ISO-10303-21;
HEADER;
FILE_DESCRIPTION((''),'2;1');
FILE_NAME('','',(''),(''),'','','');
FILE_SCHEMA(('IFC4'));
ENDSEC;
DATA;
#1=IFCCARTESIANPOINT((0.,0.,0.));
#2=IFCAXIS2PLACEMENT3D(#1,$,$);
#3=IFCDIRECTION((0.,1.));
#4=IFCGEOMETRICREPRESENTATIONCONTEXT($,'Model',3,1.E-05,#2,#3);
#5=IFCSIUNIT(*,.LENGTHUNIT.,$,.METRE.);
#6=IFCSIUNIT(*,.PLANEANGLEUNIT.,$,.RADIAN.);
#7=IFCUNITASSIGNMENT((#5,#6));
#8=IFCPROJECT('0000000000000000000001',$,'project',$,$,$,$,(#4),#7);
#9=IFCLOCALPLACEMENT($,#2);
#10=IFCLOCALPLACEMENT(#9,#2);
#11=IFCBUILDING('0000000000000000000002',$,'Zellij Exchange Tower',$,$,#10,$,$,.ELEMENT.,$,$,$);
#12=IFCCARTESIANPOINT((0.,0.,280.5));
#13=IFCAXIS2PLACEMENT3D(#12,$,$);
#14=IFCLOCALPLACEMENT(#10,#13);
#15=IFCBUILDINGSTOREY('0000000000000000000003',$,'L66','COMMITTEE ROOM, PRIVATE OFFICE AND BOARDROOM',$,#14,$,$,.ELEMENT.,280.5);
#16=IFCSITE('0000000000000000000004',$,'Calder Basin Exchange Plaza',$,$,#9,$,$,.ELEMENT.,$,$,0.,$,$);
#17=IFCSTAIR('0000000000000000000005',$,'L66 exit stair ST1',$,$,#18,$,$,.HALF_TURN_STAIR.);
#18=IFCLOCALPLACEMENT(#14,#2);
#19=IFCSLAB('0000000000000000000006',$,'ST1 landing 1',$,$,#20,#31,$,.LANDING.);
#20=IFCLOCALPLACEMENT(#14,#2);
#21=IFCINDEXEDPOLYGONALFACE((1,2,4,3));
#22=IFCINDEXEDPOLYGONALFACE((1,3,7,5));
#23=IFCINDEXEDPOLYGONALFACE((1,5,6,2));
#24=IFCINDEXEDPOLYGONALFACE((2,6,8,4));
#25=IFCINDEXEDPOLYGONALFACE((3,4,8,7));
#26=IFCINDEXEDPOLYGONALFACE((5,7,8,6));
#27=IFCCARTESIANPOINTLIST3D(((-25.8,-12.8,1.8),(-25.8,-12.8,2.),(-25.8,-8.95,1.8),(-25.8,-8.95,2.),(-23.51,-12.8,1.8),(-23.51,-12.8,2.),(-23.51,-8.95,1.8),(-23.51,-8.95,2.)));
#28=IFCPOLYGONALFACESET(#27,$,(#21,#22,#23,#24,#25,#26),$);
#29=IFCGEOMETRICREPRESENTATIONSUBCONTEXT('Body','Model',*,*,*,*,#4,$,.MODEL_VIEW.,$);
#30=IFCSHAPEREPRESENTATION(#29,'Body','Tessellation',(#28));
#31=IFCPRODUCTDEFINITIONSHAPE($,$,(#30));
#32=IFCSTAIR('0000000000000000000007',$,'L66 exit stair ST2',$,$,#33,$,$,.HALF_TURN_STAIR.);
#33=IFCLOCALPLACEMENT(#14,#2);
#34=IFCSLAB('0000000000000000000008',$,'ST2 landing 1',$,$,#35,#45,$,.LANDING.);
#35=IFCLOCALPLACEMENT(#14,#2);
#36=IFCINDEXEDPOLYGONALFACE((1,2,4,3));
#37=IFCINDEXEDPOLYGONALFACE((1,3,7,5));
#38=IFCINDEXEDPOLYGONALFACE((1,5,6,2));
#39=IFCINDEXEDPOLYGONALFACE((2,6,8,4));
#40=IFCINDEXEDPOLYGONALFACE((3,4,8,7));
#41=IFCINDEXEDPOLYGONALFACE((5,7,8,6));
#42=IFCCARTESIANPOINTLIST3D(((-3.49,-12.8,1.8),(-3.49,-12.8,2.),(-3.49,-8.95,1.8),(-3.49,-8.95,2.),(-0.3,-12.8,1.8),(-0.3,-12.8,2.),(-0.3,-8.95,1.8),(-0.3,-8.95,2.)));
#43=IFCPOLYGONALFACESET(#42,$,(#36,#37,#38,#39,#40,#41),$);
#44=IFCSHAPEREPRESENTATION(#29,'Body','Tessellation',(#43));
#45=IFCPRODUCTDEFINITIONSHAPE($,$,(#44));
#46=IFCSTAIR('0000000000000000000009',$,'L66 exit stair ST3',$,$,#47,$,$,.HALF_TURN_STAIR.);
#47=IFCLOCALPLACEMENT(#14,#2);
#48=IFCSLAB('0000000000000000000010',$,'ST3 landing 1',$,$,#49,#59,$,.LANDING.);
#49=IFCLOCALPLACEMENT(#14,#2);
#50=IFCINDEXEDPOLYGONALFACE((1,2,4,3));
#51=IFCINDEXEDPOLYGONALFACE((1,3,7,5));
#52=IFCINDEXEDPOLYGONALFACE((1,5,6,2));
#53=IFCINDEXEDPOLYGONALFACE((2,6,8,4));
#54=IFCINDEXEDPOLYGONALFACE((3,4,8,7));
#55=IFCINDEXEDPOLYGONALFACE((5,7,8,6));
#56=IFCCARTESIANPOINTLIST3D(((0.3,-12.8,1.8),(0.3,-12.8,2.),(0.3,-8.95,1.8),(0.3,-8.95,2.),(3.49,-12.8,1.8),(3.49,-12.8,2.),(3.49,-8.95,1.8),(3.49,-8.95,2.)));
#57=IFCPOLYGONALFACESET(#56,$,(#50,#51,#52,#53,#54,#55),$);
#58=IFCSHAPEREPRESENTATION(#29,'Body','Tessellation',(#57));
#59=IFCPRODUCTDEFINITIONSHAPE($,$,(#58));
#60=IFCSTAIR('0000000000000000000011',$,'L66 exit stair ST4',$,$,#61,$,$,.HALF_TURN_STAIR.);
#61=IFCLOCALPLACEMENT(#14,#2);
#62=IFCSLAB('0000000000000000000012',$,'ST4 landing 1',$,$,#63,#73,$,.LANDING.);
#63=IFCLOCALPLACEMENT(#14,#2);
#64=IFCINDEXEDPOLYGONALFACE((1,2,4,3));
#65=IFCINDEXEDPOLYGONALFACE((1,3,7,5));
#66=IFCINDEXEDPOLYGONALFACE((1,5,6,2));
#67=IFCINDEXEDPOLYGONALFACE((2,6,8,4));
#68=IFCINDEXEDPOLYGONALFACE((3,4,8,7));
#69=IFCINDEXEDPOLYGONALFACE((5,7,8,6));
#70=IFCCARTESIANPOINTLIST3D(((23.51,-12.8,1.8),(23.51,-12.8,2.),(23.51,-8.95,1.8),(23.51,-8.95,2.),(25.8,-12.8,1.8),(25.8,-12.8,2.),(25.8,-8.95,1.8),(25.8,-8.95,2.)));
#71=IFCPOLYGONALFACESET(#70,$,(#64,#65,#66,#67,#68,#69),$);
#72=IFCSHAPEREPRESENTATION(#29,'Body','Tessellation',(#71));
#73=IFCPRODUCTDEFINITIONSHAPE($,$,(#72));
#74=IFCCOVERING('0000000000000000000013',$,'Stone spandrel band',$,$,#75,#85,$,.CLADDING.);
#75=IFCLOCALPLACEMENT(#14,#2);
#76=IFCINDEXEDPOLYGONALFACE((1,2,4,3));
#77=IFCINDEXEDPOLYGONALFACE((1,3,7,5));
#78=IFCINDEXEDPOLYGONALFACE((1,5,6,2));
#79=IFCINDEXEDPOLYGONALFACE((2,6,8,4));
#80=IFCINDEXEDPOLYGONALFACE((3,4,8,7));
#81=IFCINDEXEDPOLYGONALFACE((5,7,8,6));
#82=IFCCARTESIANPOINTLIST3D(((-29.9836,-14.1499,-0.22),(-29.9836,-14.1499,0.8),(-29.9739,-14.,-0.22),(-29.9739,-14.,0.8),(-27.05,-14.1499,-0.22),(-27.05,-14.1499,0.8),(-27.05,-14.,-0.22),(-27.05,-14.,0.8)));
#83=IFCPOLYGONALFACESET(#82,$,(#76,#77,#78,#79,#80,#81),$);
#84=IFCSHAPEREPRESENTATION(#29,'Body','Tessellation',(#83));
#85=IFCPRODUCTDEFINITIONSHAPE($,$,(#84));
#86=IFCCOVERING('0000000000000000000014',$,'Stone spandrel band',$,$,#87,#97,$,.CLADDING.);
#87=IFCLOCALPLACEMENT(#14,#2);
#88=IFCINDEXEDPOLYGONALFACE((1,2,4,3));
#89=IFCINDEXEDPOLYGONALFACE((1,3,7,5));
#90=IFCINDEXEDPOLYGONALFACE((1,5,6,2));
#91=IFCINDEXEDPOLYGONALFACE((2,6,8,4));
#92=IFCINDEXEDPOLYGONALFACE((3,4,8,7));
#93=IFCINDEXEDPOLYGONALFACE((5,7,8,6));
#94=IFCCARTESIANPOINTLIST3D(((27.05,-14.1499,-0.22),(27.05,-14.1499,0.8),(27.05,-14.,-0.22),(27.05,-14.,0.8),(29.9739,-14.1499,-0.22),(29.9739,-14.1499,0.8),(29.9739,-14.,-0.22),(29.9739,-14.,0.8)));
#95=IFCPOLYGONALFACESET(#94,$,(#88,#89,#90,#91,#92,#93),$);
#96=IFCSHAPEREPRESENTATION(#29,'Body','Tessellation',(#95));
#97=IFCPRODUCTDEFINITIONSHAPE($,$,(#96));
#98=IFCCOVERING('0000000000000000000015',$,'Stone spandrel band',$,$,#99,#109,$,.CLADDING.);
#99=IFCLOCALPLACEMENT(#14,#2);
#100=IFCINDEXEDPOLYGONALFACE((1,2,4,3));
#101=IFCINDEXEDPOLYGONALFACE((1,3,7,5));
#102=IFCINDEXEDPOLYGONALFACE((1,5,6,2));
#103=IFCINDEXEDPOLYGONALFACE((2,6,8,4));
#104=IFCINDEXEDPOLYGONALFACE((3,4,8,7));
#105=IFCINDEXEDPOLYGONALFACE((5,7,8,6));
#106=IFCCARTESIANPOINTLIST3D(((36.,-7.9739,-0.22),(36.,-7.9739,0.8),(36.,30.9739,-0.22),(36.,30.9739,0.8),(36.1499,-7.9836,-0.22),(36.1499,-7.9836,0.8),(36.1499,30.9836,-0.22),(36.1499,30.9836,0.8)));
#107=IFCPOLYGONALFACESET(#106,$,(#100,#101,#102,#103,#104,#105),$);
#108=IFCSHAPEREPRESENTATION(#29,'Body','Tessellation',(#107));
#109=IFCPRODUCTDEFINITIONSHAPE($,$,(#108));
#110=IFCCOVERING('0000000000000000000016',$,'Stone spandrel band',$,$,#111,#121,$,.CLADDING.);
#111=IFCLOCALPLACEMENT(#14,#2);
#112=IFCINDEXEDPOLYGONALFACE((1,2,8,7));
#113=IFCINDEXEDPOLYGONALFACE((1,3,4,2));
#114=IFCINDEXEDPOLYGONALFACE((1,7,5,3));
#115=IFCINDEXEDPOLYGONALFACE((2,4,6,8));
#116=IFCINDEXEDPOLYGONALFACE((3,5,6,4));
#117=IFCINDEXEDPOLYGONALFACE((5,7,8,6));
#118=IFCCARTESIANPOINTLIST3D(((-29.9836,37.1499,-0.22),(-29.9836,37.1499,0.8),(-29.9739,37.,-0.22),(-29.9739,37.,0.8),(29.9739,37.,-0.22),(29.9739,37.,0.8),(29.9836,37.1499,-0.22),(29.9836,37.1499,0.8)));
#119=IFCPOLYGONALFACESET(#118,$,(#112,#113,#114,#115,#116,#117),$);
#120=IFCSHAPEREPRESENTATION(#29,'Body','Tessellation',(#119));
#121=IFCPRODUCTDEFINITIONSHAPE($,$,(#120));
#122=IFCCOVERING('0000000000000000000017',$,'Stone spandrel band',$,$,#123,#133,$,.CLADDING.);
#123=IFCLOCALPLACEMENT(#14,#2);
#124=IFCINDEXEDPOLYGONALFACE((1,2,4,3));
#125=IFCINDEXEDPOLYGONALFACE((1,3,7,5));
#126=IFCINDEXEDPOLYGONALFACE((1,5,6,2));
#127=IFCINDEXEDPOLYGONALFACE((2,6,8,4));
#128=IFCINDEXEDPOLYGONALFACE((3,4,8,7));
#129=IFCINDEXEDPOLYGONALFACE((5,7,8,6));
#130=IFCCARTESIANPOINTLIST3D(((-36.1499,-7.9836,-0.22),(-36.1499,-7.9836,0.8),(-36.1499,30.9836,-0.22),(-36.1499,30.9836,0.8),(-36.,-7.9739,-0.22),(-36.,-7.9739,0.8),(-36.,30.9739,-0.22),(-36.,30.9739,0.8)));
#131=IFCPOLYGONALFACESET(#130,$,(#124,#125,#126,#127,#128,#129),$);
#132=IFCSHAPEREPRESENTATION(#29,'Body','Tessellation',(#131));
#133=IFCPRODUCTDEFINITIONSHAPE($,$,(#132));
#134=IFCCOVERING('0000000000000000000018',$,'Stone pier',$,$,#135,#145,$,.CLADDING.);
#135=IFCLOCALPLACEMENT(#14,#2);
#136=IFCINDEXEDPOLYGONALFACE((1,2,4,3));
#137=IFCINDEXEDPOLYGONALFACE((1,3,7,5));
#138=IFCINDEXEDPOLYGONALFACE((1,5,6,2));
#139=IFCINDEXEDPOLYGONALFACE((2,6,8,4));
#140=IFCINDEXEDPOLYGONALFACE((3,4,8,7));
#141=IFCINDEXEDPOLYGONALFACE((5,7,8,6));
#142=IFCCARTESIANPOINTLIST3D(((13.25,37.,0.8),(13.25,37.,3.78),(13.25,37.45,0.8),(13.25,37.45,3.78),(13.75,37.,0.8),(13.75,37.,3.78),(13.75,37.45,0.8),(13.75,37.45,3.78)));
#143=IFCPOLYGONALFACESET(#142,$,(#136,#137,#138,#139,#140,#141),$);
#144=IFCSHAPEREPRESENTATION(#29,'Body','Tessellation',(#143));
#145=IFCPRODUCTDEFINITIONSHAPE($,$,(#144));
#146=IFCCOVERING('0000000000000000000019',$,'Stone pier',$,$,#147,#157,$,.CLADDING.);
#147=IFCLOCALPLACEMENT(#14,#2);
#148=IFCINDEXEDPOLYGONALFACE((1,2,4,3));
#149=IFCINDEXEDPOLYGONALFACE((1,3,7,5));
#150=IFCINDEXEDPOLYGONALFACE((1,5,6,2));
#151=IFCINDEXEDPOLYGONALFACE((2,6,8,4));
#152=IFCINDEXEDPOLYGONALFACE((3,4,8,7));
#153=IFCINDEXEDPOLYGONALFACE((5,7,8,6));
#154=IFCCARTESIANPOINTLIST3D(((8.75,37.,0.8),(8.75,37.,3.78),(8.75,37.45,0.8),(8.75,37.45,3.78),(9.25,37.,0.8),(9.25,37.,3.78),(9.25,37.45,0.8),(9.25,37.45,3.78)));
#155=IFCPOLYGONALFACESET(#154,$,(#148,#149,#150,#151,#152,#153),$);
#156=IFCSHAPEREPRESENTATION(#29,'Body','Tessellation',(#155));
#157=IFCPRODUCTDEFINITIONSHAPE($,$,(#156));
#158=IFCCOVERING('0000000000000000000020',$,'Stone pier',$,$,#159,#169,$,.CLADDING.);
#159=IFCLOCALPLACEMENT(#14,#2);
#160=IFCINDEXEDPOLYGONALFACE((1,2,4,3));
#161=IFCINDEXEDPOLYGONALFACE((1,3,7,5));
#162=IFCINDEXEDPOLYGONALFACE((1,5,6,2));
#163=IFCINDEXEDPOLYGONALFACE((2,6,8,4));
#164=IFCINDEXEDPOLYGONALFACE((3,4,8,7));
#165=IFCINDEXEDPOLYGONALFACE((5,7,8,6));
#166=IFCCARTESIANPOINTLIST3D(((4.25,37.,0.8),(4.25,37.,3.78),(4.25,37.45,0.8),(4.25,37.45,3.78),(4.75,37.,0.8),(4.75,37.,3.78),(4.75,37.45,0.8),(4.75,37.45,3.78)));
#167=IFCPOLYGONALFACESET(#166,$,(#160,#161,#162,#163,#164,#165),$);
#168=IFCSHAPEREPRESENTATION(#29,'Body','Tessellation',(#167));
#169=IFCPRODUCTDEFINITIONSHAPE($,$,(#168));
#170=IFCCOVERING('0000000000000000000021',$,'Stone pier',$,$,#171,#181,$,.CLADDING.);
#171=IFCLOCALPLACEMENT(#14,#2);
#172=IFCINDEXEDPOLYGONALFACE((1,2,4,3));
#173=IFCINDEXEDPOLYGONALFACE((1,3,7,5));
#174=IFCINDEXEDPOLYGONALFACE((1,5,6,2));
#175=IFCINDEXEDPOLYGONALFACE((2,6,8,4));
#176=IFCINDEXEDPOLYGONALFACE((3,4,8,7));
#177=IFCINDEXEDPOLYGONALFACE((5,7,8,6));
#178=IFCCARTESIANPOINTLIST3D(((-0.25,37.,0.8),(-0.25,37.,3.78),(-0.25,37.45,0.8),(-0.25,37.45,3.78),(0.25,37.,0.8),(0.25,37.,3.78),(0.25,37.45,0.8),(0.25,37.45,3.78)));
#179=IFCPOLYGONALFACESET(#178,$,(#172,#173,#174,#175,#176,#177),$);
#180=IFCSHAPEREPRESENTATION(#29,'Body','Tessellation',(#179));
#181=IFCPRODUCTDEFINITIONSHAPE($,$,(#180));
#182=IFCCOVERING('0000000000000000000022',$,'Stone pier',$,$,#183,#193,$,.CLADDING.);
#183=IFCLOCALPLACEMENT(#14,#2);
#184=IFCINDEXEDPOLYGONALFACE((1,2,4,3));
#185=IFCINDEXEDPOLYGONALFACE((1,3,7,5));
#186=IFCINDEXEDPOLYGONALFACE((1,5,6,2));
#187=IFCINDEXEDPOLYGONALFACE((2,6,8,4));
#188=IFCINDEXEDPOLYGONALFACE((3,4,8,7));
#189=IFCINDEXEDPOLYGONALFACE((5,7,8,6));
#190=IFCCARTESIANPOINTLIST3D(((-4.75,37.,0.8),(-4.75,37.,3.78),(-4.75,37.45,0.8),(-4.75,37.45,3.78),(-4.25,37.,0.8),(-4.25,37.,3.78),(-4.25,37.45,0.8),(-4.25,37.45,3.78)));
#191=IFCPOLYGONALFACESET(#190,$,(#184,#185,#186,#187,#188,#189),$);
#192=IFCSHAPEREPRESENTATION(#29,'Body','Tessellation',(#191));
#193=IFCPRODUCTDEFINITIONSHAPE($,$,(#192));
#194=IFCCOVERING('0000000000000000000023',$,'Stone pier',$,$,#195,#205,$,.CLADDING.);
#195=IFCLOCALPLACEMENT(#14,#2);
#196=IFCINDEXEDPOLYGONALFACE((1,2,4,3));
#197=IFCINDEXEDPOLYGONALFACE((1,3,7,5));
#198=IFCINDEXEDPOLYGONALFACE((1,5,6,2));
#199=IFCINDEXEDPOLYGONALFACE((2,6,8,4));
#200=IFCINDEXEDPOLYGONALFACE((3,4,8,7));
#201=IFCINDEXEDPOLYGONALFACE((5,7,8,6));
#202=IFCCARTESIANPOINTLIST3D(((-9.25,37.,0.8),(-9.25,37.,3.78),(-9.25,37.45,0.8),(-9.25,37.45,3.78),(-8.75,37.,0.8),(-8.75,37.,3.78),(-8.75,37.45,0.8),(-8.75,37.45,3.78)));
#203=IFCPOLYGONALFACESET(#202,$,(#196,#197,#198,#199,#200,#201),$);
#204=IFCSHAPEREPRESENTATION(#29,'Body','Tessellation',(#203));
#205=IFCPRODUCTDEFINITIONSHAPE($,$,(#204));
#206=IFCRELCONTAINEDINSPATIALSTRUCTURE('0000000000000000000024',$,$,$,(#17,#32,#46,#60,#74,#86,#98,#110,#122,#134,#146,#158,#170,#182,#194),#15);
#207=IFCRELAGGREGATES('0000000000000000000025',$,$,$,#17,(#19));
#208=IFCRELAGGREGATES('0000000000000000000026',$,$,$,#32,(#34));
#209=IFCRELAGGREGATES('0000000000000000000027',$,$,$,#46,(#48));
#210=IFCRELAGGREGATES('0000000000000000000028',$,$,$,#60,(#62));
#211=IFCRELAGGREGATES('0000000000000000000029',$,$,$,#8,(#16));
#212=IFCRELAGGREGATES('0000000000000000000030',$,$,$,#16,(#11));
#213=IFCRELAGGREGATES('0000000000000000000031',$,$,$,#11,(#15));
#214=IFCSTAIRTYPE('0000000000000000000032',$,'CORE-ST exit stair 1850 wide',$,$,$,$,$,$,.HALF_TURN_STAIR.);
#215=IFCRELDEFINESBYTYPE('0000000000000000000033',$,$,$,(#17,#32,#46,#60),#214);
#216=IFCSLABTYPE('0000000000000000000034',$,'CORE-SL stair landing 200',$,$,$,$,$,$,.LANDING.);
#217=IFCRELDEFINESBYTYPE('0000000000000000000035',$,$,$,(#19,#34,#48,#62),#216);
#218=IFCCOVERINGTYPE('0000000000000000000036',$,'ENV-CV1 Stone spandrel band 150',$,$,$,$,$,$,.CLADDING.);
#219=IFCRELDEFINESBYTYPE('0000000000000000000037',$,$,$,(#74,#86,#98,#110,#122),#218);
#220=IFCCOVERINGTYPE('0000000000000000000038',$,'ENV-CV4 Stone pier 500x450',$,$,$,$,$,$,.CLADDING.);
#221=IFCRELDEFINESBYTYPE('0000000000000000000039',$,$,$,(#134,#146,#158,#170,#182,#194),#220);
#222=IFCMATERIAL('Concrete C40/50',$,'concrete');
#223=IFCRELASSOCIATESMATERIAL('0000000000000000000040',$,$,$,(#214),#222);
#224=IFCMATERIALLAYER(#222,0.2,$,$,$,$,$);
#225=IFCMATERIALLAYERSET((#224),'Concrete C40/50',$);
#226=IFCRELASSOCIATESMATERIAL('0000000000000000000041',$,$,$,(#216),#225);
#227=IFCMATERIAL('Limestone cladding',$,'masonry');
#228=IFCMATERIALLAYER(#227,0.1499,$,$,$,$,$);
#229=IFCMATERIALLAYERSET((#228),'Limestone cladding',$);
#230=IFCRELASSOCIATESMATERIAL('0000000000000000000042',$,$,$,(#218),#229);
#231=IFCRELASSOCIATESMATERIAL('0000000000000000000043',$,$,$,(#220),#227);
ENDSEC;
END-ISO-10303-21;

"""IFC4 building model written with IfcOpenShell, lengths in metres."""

from ifc_helpers import new_model, si_unit, direction, frame, origin, place, context, subcontext, project, spatial, polyline, outline, extrude, material, layer, layer_set, type_object, element, aggregate, save


model = new_model("IFC4")

# Units and contexts
model_context = context("Model", 3, precision=1e-05, world=origin(), true_north=direction((0.0, 1.0)))
body_context = subcontext(model_context, "Body", "Model", "MODEL_VIEW")
ifc_project = project(units=[si_unit("LENGTHUNIT", "METRE"), si_unit("PLANEANGLEUNIT", "RADIAN")], contexts=[model_context])

# Site, building, storey
site_placement = place(None, origin())
site = spatial("IfcSite", under=ifc_project, at=site_placement, Name="Calder Basin Exchange Plaza", CompositionType="ELEMENT", RefElevation=0.0)
building_placement = place(site_placement, origin())
building = spatial("IfcBuilding", under=site, at=building_placement, Name="Zellij Exchange Tower", CompositionType="ELEMENT")
storey_placement = place(building_placement, frame((0.0, 0.0, 280.5)))
storey = spatial("IfcBuildingStorey", under=building, at=storey_placement, Name="L66", Description="COMMITTEE ROOM, PRIVATE OFFICE AND BOARDROOM", CompositionType="ELEMENT", Elevation=280.5)

# Stairs, slabs
ifc_material_1 = material(Name="Concrete C40/50", Category="concrete")
stair_type = type_object("IfcStairType", Name="CORE-ST exit stair 1850 wide", PredefinedType="HALF_TURN_STAIR", material=ifc_material_1)
stair_1_placement = place(storey_placement, origin())
stair_1 = element("IfcStair", 1, at=stair_1_placement, inside=storey, type_object=stair_type, Name="L66 exit stair ST1", PredefinedType="HALF_TURN_STAIR")
ifc_layer_1 = layer(ifc_material_1, 0.2)
ifc_layer_set_1 = layer_set([ifc_layer_1], Name="Concrete C40/50")
slab_type = type_object("IfcSlabType", Name="CORE-SL stair landing 200", PredefinedType="LANDING", material=ifc_layer_set_1)
slab_1_placement = place(storey_placement, frame((0.0, 0.0, 1.8)))
slab_1 = element("IfcSlab", 2, at=slab_1_placement, type_object=slab_type, Name="ST1 landing 1", PredefinedType="LANDING", context=body_context, shape_type="SweptSolid", body=[
    extrude(outline(polyline([(-23.51, -8.95), (-25.8, -8.95), (-25.8, -12.8), (-23.51, -12.8), (-23.51, -8.95)])), origin(), (0.0, 0.0, 1.0), 0.2),
])
aggregate(stair_1, [slab_1])
stair_2_placement = place(storey_placement, origin())
stair_2 = element("IfcStair", 3, at=stair_2_placement, inside=storey, type_object=stair_type, Name="L66 exit stair ST2", PredefinedType="HALF_TURN_STAIR")
slab_2_placement = place(storey_placement, frame((0.0, 0.0, 1.8)))
slab_2 = element("IfcSlab", 4, at=slab_2_placement, type_object=slab_type, Name="ST2 landing 1", PredefinedType="LANDING", context=body_context, shape_type="SweptSolid", body=[
    extrude(outline(polyline([(-3.49, -12.8), (-0.3, -12.8), (-0.3, -8.95), (-3.49, -8.95), (-3.49, -12.8)])), origin(), (0.0, 0.0, 1.0), 0.2),
])
aggregate(stair_2, [slab_2])
stair_3_placement = place(storey_placement, origin())
stair_3 = element("IfcStair", 5, at=stair_3_placement, inside=storey, type_object=stair_type, Name="L66 exit stair ST3", PredefinedType="HALF_TURN_STAIR")
slab_3_placement = place(storey_placement, frame((0.0, 0.0, 1.8)))
slab_3 = element("IfcSlab", 6, at=slab_3_placement, type_object=slab_type, Name="ST3 landing 1", PredefinedType="LANDING", context=body_context, shape_type="SweptSolid", body=[
    extrude(outline(polyline([(3.49, -8.95), (0.3, -8.95), (0.3, -12.8), (3.49, -12.8), (3.49, -8.95)])), origin(), (0.0, 0.0, 1.0), 0.2),
])
aggregate(stair_3, [slab_3])
stair_4_placement = place(storey_placement, origin())
stair_4 = element("IfcStair", 7, at=stair_4_placement, inside=storey, type_object=stair_type, Name="L66 exit stair ST4", PredefinedType="HALF_TURN_STAIR")
slab_4_placement = place(storey_placement, frame((0.0, 0.0, 1.8)))
slab_4 = element("IfcSlab", 8, at=slab_4_placement, type_object=slab_type, Name="ST4 landing 1", PredefinedType="LANDING", context=body_context, shape_type="SweptSolid", body=[
    extrude(outline(polyline([(23.51, -12.8), (25.8, -12.8), (25.8, -8.95), (23.51, -8.95), (23.51, -12.8)])), origin(), (0.0, 0.0, 1.0), 0.2),
])
aggregate(stair_4, [slab_4])

# Coverings
ifc_material_2 = material(Name="Limestone cladding", Category="masonry")
ifc_layer_2 = layer(ifc_material_2, 0.1499)
ifc_layer_set_2 = layer_set([ifc_layer_2], Name="Limestone cladding")
covering_type_1 = type_object("IfcCoveringType", Name="ENV-CV1 Stone spandrel band 150", PredefinedType="CLADDING", material=ifc_layer_set_2)
covering_1_placement = place(storey_placement, frame((0.0, 0.0, -0.22)))
element("IfcCovering", 9, at=covering_1_placement, inside=storey, type_object=covering_type_1, Name="Stone spandrel band", PredefinedType="CLADDING", context=body_context, shape_type="SweptSolid", body=[
    extrude(outline(polyline([(-29.9739, -14.0), (-27.05, -14.0), (-27.05, -14.1499), (-29.9836, -14.1499), (-29.9739, -14.0)])), origin(), (0.0, 0.0, 1.0), 1.02),
])
covering_2_placement = place(storey_placement, frame((0.0, 0.0, -0.22)))
element("IfcCovering", 10, at=covering_2_placement, inside=storey, type_object=covering_type_1, Name="Stone spandrel band", PredefinedType="CLADDING", context=body_context, shape_type="SweptSolid", body=[
    extrude(outline(polyline([(27.05, -14.0), (29.9739, -14.0), (29.9739, -14.1499), (27.05, -14.1499), (27.05, -14.0)])), origin(), (0.0, 0.0, 1.0), 1.02),
])
covering_3_placement = place(storey_placement, frame((0.0, 0.0, -0.22)))
element("IfcCovering", 11, at=covering_3_placement, inside=storey, type_object=covering_type_1, Name="Stone spandrel band", PredefinedType="CLADDING", context=body_context, shape_type="SweptSolid", body=[
    extrude(outline(polyline([(36.0, -7.9739), (36.0, 30.9739), (36.1499, 30.9836), (36.1499, -7.9836), (36.0, -7.9739)])), origin(), (0.0, 0.0, 1.0), 1.02),
])
covering_4_placement = place(storey_placement, frame((0.0, 0.0, -0.22)))
element("IfcCovering", 12, at=covering_4_placement, inside=storey, type_object=covering_type_1, Name="Stone spandrel band", PredefinedType="CLADDING", context=body_context, shape_type="SweptSolid", body=[
    extrude(outline(polyline([(29.9739, 37.0), (-29.9739, 37.0), (-29.9836, 37.1499), (29.9836, 37.1499), (29.9739, 37.0)])), origin(), (0.0, 0.0, 1.0), 1.02),
])
covering_5_placement = place(storey_placement, frame((0.0, 0.0, -0.22)))
element("IfcCovering", 13, at=covering_5_placement, inside=storey, type_object=covering_type_1, Name="Stone spandrel band", PredefinedType="CLADDING", context=body_context, shape_type="SweptSolid", body=[
    extrude(outline(polyline([(-36.0, 30.9739), (-36.0, -7.9739), (-36.1499, -7.9836), (-36.1499, 30.9836), (-36.0, 30.9739)])), origin(), (0.0, 0.0, 1.0), 1.02),
])
covering_type_2 = type_object("IfcCoveringType", Name="ENV-CV4 Stone pier 500x450", PredefinedType="CLADDING", material=ifc_material_2)
covering_6_placement = place(storey_placement, frame((0.0, 0.0, 0.8)))
element("IfcCovering", 14, at=covering_6_placement, inside=storey, type_object=covering_type_2, Name="Stone pier", PredefinedType="CLADDING", context=body_context, shape_type="SweptSolid", body=[
    extrude(outline(polyline([(13.75, 37.0), (13.25, 37.0), (13.25, 37.45), (13.75, 37.45), (13.75, 37.0)])), origin(), (0.0, 0.0, 1.0), 2.98),
])
covering_7_placement = place(storey_placement, frame((0.0, 0.0, 0.8)))
element("IfcCovering", 15, at=covering_7_placement, inside=storey, type_object=covering_type_2, Name="Stone pier", PredefinedType="CLADDING", context=body_context, shape_type="SweptSolid", body=[
    extrude(outline(polyline([(9.25, 37.0), (8.75, 37.0), (8.75, 37.45), (9.25, 37.45), (9.25, 37.0)])), origin(), (0.0, 0.0, 1.0), 2.98),
])
covering_8_placement = place(storey_placement, frame((0.0, 0.0, 0.8)))
element("IfcCovering", 16, at=covering_8_placement, inside=storey, type_object=covering_type_2, Name="Stone pier", PredefinedType="CLADDING", context=body_context, shape_type="SweptSolid", body=[
    extrude(outline(polyline([(4.75, 37.0), (4.25, 37.0), (4.25, 37.45), (4.75, 37.45), (4.75, 37.0)])), origin(), (0.0, 0.0, 1.0), 2.98),
])
covering_9_placement = place(storey_placement, frame((0.0, 0.0, 0.8)))
element("IfcCovering", 17, at=covering_9_placement, inside=storey, type_object=covering_type_2, Name="Stone pier", PredefinedType="CLADDING", context=body_context, shape_type="SweptSolid", body=[
    extrude(outline(polyline([(0.25, 37.0), (-0.25, 37.0), (-0.25, 37.45), (0.25, 37.45), (0.25, 37.0)])), origin(), (0.0, 0.0, 1.0), 2.98),
])
covering_10_placement = place(storey_placement, frame((0.0, 0.0, 0.8)))
element("IfcCovering", 18, at=covering_10_placement, inside=storey, type_object=covering_type_2, Name="Stone pier", PredefinedType="CLADDING", context=body_context, shape_type="SweptSolid", body=[
    extrude(outline(polyline([(-4.25, 37.0), (-4.75, 37.0), (-4.75, 37.45), (-4.25, 37.45), (-4.25, 37.0)])), origin(), (0.0, 0.0, 1.0), 2.98),
])
covering_11_placement = place(storey_placement, frame((0.0, 0.0, 0.8)))
element("IfcCovering", 19, at=covering_11_placement, inside=storey, type_object=covering_type_2, Name="Stone pier", PredefinedType="CLADDING", context=body_context, shape_type="SweptSolid", body=[
    extrude(outline(polyline([(-8.75, 37.0), (-9.25, 37.0), (-9.25, 37.45), (-8.75, 37.45), (-8.75, 37.0)])), origin(), (0.0, 0.0, 1.0), 2.98),
])

save(model, "model.ifc")
